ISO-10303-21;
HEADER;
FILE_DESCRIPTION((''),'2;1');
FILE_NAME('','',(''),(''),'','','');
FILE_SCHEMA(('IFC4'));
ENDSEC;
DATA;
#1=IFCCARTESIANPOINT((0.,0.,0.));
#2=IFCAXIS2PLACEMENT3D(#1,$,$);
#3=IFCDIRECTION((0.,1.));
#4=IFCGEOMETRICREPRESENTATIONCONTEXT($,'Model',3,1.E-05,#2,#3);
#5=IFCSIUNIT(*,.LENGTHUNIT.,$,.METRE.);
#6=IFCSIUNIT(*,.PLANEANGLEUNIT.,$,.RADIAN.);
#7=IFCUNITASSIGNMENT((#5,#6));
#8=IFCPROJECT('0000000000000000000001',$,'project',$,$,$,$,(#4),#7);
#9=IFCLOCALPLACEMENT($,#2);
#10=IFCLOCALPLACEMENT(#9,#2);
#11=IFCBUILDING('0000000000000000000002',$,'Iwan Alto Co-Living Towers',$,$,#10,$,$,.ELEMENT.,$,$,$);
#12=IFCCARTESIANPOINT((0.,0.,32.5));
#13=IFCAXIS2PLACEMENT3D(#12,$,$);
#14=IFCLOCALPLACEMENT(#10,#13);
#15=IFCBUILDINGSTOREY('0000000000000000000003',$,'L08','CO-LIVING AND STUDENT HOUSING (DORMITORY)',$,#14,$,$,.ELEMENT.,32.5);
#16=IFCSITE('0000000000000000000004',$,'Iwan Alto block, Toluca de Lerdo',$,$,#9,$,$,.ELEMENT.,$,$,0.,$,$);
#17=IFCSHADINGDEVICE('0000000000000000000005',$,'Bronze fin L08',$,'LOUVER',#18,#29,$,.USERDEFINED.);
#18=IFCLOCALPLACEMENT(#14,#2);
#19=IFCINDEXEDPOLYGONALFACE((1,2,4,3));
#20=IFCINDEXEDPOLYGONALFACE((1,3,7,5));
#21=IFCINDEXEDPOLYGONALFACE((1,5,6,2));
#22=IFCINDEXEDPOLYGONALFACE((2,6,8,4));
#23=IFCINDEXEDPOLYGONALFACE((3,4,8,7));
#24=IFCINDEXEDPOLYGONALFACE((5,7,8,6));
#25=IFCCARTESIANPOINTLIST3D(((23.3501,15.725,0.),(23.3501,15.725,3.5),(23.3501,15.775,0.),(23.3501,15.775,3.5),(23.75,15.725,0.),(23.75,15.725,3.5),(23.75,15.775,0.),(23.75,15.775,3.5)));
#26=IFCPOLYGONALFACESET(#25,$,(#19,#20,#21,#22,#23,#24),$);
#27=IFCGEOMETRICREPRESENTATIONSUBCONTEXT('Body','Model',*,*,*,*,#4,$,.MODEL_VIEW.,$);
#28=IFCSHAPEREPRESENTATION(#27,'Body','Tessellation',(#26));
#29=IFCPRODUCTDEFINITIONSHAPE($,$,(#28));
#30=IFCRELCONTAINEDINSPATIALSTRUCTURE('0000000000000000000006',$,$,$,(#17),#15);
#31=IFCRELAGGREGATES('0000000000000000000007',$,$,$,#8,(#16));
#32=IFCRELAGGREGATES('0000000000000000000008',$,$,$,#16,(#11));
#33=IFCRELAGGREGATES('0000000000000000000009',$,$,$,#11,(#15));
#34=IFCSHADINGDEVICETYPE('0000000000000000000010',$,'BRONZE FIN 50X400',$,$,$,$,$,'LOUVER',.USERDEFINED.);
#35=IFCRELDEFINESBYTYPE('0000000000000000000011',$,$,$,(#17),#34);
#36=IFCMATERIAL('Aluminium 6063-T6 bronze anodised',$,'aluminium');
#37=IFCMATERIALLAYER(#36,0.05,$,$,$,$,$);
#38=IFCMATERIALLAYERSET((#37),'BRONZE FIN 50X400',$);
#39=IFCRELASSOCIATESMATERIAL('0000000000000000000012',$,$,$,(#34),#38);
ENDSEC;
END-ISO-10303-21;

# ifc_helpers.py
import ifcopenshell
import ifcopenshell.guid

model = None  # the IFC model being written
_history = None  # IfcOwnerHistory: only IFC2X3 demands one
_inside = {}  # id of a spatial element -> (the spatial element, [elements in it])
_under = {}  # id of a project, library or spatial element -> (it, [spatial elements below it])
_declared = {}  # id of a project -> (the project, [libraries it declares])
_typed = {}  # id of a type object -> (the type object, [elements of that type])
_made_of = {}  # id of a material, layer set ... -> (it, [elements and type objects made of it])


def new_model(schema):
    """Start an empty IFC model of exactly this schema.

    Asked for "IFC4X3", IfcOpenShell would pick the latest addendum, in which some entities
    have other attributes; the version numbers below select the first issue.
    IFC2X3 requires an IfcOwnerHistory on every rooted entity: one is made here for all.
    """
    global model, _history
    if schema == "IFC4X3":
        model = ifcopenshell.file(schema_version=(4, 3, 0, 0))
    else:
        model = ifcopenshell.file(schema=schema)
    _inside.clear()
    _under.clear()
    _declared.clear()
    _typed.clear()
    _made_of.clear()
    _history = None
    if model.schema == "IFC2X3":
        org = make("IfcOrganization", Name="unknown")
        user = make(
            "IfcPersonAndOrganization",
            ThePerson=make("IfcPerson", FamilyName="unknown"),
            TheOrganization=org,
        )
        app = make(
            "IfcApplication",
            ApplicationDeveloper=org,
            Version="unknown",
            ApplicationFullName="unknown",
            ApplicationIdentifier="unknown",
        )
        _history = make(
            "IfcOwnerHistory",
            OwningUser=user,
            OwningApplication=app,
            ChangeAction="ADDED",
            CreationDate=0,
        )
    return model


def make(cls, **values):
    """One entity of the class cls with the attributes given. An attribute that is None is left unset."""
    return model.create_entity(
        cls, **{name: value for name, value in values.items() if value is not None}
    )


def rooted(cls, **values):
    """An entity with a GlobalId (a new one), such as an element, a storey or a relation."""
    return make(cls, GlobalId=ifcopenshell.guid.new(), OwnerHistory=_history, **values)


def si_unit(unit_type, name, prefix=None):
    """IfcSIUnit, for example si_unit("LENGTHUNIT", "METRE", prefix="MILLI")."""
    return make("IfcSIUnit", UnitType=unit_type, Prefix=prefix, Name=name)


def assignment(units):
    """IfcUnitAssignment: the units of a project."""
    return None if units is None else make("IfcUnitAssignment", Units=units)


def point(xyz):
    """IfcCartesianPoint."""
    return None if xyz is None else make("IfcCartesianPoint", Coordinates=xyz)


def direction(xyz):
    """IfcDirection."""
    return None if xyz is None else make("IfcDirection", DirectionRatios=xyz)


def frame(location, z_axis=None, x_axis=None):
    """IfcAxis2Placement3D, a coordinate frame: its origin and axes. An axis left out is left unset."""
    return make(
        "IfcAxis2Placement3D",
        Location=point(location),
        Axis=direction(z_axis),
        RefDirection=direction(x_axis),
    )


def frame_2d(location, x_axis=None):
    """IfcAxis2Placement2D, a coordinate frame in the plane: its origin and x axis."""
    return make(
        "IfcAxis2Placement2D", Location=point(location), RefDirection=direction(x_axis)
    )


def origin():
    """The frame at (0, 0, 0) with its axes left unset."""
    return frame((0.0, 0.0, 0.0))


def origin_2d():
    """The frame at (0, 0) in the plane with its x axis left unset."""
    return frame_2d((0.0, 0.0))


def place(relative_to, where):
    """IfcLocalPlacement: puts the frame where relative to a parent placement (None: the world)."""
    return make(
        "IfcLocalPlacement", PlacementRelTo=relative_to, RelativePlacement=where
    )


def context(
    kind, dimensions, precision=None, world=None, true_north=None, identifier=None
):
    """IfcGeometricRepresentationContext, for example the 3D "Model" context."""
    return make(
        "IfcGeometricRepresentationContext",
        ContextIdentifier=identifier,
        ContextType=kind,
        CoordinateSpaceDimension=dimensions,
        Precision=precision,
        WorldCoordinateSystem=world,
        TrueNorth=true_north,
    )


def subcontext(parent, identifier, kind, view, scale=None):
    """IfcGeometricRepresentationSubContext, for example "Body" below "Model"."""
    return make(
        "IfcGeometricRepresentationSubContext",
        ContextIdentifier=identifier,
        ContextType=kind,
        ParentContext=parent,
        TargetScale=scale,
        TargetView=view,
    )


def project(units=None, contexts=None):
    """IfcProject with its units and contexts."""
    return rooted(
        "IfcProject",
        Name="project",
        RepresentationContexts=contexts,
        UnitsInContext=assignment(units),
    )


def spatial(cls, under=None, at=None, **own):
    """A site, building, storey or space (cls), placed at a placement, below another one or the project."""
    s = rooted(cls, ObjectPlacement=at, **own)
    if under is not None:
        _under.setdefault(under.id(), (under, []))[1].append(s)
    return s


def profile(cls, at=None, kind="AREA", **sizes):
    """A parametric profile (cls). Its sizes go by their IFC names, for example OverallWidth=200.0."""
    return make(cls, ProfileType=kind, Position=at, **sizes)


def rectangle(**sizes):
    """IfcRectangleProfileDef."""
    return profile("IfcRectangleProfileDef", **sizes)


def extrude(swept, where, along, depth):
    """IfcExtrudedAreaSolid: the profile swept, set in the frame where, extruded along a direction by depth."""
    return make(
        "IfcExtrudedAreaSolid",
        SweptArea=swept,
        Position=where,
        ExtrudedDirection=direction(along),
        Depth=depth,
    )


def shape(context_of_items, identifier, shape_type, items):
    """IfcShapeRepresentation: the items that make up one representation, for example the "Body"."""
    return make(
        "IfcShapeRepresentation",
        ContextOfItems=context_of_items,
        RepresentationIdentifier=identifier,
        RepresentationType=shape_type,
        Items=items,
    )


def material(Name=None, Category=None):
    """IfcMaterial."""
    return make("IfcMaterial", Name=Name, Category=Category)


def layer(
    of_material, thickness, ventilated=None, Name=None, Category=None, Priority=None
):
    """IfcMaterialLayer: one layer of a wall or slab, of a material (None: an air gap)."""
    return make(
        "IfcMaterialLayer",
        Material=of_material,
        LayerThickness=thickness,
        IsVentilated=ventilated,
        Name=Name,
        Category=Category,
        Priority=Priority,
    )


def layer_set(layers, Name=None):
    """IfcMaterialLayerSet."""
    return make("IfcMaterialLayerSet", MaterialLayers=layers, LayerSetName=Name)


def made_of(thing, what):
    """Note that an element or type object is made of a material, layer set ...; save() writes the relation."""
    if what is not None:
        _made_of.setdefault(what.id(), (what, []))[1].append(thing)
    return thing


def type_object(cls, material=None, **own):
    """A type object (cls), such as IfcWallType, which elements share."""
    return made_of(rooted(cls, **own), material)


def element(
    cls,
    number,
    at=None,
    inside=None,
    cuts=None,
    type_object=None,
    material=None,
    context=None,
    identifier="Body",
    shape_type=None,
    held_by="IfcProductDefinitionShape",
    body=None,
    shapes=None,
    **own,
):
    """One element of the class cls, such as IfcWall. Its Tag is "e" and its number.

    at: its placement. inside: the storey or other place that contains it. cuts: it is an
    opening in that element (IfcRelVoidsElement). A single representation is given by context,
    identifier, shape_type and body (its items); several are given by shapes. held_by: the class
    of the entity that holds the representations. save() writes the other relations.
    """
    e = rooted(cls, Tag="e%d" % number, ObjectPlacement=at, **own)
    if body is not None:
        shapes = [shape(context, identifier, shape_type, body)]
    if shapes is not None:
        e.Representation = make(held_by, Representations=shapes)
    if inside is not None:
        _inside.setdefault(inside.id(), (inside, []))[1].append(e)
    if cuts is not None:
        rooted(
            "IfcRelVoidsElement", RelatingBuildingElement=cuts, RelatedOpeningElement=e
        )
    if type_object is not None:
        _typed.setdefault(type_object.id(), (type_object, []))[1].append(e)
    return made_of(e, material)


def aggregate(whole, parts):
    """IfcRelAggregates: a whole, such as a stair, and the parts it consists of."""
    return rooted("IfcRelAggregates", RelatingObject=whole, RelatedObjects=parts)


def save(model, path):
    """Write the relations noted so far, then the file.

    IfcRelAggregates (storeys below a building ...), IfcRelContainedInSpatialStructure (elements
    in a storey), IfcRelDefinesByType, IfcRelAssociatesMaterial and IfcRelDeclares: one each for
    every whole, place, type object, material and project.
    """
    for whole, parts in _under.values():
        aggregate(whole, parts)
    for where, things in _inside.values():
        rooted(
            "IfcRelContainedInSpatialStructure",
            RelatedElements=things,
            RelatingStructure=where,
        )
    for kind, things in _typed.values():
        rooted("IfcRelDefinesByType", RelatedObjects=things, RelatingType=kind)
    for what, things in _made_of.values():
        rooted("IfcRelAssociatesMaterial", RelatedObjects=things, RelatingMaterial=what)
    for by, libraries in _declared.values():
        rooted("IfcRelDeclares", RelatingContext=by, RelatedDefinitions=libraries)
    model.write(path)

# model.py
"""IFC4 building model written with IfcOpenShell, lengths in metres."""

from ifc_helpers import new_model, si_unit, direction, frame, origin, origin_2d, place, context, subcontext, project, spatial, rectangle, extrude, material, layer, layer_set, type_object, element, save


model = new_model("IFC4")

# Units and contexts
model_context = context("Model", 3, precision=1e-05, world=origin(), true_north=direction((0.0, 1.0)))
body_context = subcontext(model_context, "Body", "Model", "MODEL_VIEW")
ifc_project = project(units=[si_unit("LENGTHUNIT", "METRE"), si_unit("PLANEANGLEUNIT", "RADIAN")], contexts=[model_context])

# Site, building, storey
site_placement = place(None, origin())
site = spatial("IfcSite", under=ifc_project, at=site_placement, Name="Iwan Alto block, Toluca de Lerdo", CompositionType="ELEMENT", RefElevation=0.0)
building_placement = place(site_placement, origin())
building = spatial("IfcBuilding", under=site, at=building_placement, Name="Iwan Alto Co-Living Towers", CompositionType="ELEMENT")
storey_placement = place(building_placement, frame((0.0, 0.0, 32.5)))
storey = spatial("IfcBuildingStorey", under=building, at=storey_placement, Name="L08", Description="CO-LIVING AND STUDENT HOUSING (DORMITORY)", CompositionType="ELEMENT", Elevation=32.5)

# Shading device
ifc_material_1 = material(Name="Aluminium 6063-T6 bronze anodised", Category="aluminium")
ifc_layer_1 = layer(ifc_material_1, 0.05)
ifc_layer_set_1 = layer_set([ifc_layer_1], Name="BRONZE FIN 50X400")
shading_device_type = type_object("IfcShadingDeviceType", Name="BRONZE FIN 50X400", ElementType="LOUVER", PredefinedType="USERDEFINED", material=ifc_layer_set_1)
shading_device_placement = place(storey_placement, frame((23.55, 15.75, 0.0), z_axis=(0.0, 0.0, 1.0), x_axis=(0.0, 1.0, 0.0)))
element("IfcShadingDevice", 1, at=shading_device_placement, inside=storey, type_object=shading_device_type, Name="Bronze fin L08", ObjectType="LOUVER", PredefinedType="USERDEFINED", context=body_context, shape_type="SweptSolid", body=[
    extrude(rectangle(XDim=0.05, YDim=0.3999, at=origin_2d()), origin(), (0.0, 0.0, 1.0), 3.5),
])

save(model, "model.ifc")
